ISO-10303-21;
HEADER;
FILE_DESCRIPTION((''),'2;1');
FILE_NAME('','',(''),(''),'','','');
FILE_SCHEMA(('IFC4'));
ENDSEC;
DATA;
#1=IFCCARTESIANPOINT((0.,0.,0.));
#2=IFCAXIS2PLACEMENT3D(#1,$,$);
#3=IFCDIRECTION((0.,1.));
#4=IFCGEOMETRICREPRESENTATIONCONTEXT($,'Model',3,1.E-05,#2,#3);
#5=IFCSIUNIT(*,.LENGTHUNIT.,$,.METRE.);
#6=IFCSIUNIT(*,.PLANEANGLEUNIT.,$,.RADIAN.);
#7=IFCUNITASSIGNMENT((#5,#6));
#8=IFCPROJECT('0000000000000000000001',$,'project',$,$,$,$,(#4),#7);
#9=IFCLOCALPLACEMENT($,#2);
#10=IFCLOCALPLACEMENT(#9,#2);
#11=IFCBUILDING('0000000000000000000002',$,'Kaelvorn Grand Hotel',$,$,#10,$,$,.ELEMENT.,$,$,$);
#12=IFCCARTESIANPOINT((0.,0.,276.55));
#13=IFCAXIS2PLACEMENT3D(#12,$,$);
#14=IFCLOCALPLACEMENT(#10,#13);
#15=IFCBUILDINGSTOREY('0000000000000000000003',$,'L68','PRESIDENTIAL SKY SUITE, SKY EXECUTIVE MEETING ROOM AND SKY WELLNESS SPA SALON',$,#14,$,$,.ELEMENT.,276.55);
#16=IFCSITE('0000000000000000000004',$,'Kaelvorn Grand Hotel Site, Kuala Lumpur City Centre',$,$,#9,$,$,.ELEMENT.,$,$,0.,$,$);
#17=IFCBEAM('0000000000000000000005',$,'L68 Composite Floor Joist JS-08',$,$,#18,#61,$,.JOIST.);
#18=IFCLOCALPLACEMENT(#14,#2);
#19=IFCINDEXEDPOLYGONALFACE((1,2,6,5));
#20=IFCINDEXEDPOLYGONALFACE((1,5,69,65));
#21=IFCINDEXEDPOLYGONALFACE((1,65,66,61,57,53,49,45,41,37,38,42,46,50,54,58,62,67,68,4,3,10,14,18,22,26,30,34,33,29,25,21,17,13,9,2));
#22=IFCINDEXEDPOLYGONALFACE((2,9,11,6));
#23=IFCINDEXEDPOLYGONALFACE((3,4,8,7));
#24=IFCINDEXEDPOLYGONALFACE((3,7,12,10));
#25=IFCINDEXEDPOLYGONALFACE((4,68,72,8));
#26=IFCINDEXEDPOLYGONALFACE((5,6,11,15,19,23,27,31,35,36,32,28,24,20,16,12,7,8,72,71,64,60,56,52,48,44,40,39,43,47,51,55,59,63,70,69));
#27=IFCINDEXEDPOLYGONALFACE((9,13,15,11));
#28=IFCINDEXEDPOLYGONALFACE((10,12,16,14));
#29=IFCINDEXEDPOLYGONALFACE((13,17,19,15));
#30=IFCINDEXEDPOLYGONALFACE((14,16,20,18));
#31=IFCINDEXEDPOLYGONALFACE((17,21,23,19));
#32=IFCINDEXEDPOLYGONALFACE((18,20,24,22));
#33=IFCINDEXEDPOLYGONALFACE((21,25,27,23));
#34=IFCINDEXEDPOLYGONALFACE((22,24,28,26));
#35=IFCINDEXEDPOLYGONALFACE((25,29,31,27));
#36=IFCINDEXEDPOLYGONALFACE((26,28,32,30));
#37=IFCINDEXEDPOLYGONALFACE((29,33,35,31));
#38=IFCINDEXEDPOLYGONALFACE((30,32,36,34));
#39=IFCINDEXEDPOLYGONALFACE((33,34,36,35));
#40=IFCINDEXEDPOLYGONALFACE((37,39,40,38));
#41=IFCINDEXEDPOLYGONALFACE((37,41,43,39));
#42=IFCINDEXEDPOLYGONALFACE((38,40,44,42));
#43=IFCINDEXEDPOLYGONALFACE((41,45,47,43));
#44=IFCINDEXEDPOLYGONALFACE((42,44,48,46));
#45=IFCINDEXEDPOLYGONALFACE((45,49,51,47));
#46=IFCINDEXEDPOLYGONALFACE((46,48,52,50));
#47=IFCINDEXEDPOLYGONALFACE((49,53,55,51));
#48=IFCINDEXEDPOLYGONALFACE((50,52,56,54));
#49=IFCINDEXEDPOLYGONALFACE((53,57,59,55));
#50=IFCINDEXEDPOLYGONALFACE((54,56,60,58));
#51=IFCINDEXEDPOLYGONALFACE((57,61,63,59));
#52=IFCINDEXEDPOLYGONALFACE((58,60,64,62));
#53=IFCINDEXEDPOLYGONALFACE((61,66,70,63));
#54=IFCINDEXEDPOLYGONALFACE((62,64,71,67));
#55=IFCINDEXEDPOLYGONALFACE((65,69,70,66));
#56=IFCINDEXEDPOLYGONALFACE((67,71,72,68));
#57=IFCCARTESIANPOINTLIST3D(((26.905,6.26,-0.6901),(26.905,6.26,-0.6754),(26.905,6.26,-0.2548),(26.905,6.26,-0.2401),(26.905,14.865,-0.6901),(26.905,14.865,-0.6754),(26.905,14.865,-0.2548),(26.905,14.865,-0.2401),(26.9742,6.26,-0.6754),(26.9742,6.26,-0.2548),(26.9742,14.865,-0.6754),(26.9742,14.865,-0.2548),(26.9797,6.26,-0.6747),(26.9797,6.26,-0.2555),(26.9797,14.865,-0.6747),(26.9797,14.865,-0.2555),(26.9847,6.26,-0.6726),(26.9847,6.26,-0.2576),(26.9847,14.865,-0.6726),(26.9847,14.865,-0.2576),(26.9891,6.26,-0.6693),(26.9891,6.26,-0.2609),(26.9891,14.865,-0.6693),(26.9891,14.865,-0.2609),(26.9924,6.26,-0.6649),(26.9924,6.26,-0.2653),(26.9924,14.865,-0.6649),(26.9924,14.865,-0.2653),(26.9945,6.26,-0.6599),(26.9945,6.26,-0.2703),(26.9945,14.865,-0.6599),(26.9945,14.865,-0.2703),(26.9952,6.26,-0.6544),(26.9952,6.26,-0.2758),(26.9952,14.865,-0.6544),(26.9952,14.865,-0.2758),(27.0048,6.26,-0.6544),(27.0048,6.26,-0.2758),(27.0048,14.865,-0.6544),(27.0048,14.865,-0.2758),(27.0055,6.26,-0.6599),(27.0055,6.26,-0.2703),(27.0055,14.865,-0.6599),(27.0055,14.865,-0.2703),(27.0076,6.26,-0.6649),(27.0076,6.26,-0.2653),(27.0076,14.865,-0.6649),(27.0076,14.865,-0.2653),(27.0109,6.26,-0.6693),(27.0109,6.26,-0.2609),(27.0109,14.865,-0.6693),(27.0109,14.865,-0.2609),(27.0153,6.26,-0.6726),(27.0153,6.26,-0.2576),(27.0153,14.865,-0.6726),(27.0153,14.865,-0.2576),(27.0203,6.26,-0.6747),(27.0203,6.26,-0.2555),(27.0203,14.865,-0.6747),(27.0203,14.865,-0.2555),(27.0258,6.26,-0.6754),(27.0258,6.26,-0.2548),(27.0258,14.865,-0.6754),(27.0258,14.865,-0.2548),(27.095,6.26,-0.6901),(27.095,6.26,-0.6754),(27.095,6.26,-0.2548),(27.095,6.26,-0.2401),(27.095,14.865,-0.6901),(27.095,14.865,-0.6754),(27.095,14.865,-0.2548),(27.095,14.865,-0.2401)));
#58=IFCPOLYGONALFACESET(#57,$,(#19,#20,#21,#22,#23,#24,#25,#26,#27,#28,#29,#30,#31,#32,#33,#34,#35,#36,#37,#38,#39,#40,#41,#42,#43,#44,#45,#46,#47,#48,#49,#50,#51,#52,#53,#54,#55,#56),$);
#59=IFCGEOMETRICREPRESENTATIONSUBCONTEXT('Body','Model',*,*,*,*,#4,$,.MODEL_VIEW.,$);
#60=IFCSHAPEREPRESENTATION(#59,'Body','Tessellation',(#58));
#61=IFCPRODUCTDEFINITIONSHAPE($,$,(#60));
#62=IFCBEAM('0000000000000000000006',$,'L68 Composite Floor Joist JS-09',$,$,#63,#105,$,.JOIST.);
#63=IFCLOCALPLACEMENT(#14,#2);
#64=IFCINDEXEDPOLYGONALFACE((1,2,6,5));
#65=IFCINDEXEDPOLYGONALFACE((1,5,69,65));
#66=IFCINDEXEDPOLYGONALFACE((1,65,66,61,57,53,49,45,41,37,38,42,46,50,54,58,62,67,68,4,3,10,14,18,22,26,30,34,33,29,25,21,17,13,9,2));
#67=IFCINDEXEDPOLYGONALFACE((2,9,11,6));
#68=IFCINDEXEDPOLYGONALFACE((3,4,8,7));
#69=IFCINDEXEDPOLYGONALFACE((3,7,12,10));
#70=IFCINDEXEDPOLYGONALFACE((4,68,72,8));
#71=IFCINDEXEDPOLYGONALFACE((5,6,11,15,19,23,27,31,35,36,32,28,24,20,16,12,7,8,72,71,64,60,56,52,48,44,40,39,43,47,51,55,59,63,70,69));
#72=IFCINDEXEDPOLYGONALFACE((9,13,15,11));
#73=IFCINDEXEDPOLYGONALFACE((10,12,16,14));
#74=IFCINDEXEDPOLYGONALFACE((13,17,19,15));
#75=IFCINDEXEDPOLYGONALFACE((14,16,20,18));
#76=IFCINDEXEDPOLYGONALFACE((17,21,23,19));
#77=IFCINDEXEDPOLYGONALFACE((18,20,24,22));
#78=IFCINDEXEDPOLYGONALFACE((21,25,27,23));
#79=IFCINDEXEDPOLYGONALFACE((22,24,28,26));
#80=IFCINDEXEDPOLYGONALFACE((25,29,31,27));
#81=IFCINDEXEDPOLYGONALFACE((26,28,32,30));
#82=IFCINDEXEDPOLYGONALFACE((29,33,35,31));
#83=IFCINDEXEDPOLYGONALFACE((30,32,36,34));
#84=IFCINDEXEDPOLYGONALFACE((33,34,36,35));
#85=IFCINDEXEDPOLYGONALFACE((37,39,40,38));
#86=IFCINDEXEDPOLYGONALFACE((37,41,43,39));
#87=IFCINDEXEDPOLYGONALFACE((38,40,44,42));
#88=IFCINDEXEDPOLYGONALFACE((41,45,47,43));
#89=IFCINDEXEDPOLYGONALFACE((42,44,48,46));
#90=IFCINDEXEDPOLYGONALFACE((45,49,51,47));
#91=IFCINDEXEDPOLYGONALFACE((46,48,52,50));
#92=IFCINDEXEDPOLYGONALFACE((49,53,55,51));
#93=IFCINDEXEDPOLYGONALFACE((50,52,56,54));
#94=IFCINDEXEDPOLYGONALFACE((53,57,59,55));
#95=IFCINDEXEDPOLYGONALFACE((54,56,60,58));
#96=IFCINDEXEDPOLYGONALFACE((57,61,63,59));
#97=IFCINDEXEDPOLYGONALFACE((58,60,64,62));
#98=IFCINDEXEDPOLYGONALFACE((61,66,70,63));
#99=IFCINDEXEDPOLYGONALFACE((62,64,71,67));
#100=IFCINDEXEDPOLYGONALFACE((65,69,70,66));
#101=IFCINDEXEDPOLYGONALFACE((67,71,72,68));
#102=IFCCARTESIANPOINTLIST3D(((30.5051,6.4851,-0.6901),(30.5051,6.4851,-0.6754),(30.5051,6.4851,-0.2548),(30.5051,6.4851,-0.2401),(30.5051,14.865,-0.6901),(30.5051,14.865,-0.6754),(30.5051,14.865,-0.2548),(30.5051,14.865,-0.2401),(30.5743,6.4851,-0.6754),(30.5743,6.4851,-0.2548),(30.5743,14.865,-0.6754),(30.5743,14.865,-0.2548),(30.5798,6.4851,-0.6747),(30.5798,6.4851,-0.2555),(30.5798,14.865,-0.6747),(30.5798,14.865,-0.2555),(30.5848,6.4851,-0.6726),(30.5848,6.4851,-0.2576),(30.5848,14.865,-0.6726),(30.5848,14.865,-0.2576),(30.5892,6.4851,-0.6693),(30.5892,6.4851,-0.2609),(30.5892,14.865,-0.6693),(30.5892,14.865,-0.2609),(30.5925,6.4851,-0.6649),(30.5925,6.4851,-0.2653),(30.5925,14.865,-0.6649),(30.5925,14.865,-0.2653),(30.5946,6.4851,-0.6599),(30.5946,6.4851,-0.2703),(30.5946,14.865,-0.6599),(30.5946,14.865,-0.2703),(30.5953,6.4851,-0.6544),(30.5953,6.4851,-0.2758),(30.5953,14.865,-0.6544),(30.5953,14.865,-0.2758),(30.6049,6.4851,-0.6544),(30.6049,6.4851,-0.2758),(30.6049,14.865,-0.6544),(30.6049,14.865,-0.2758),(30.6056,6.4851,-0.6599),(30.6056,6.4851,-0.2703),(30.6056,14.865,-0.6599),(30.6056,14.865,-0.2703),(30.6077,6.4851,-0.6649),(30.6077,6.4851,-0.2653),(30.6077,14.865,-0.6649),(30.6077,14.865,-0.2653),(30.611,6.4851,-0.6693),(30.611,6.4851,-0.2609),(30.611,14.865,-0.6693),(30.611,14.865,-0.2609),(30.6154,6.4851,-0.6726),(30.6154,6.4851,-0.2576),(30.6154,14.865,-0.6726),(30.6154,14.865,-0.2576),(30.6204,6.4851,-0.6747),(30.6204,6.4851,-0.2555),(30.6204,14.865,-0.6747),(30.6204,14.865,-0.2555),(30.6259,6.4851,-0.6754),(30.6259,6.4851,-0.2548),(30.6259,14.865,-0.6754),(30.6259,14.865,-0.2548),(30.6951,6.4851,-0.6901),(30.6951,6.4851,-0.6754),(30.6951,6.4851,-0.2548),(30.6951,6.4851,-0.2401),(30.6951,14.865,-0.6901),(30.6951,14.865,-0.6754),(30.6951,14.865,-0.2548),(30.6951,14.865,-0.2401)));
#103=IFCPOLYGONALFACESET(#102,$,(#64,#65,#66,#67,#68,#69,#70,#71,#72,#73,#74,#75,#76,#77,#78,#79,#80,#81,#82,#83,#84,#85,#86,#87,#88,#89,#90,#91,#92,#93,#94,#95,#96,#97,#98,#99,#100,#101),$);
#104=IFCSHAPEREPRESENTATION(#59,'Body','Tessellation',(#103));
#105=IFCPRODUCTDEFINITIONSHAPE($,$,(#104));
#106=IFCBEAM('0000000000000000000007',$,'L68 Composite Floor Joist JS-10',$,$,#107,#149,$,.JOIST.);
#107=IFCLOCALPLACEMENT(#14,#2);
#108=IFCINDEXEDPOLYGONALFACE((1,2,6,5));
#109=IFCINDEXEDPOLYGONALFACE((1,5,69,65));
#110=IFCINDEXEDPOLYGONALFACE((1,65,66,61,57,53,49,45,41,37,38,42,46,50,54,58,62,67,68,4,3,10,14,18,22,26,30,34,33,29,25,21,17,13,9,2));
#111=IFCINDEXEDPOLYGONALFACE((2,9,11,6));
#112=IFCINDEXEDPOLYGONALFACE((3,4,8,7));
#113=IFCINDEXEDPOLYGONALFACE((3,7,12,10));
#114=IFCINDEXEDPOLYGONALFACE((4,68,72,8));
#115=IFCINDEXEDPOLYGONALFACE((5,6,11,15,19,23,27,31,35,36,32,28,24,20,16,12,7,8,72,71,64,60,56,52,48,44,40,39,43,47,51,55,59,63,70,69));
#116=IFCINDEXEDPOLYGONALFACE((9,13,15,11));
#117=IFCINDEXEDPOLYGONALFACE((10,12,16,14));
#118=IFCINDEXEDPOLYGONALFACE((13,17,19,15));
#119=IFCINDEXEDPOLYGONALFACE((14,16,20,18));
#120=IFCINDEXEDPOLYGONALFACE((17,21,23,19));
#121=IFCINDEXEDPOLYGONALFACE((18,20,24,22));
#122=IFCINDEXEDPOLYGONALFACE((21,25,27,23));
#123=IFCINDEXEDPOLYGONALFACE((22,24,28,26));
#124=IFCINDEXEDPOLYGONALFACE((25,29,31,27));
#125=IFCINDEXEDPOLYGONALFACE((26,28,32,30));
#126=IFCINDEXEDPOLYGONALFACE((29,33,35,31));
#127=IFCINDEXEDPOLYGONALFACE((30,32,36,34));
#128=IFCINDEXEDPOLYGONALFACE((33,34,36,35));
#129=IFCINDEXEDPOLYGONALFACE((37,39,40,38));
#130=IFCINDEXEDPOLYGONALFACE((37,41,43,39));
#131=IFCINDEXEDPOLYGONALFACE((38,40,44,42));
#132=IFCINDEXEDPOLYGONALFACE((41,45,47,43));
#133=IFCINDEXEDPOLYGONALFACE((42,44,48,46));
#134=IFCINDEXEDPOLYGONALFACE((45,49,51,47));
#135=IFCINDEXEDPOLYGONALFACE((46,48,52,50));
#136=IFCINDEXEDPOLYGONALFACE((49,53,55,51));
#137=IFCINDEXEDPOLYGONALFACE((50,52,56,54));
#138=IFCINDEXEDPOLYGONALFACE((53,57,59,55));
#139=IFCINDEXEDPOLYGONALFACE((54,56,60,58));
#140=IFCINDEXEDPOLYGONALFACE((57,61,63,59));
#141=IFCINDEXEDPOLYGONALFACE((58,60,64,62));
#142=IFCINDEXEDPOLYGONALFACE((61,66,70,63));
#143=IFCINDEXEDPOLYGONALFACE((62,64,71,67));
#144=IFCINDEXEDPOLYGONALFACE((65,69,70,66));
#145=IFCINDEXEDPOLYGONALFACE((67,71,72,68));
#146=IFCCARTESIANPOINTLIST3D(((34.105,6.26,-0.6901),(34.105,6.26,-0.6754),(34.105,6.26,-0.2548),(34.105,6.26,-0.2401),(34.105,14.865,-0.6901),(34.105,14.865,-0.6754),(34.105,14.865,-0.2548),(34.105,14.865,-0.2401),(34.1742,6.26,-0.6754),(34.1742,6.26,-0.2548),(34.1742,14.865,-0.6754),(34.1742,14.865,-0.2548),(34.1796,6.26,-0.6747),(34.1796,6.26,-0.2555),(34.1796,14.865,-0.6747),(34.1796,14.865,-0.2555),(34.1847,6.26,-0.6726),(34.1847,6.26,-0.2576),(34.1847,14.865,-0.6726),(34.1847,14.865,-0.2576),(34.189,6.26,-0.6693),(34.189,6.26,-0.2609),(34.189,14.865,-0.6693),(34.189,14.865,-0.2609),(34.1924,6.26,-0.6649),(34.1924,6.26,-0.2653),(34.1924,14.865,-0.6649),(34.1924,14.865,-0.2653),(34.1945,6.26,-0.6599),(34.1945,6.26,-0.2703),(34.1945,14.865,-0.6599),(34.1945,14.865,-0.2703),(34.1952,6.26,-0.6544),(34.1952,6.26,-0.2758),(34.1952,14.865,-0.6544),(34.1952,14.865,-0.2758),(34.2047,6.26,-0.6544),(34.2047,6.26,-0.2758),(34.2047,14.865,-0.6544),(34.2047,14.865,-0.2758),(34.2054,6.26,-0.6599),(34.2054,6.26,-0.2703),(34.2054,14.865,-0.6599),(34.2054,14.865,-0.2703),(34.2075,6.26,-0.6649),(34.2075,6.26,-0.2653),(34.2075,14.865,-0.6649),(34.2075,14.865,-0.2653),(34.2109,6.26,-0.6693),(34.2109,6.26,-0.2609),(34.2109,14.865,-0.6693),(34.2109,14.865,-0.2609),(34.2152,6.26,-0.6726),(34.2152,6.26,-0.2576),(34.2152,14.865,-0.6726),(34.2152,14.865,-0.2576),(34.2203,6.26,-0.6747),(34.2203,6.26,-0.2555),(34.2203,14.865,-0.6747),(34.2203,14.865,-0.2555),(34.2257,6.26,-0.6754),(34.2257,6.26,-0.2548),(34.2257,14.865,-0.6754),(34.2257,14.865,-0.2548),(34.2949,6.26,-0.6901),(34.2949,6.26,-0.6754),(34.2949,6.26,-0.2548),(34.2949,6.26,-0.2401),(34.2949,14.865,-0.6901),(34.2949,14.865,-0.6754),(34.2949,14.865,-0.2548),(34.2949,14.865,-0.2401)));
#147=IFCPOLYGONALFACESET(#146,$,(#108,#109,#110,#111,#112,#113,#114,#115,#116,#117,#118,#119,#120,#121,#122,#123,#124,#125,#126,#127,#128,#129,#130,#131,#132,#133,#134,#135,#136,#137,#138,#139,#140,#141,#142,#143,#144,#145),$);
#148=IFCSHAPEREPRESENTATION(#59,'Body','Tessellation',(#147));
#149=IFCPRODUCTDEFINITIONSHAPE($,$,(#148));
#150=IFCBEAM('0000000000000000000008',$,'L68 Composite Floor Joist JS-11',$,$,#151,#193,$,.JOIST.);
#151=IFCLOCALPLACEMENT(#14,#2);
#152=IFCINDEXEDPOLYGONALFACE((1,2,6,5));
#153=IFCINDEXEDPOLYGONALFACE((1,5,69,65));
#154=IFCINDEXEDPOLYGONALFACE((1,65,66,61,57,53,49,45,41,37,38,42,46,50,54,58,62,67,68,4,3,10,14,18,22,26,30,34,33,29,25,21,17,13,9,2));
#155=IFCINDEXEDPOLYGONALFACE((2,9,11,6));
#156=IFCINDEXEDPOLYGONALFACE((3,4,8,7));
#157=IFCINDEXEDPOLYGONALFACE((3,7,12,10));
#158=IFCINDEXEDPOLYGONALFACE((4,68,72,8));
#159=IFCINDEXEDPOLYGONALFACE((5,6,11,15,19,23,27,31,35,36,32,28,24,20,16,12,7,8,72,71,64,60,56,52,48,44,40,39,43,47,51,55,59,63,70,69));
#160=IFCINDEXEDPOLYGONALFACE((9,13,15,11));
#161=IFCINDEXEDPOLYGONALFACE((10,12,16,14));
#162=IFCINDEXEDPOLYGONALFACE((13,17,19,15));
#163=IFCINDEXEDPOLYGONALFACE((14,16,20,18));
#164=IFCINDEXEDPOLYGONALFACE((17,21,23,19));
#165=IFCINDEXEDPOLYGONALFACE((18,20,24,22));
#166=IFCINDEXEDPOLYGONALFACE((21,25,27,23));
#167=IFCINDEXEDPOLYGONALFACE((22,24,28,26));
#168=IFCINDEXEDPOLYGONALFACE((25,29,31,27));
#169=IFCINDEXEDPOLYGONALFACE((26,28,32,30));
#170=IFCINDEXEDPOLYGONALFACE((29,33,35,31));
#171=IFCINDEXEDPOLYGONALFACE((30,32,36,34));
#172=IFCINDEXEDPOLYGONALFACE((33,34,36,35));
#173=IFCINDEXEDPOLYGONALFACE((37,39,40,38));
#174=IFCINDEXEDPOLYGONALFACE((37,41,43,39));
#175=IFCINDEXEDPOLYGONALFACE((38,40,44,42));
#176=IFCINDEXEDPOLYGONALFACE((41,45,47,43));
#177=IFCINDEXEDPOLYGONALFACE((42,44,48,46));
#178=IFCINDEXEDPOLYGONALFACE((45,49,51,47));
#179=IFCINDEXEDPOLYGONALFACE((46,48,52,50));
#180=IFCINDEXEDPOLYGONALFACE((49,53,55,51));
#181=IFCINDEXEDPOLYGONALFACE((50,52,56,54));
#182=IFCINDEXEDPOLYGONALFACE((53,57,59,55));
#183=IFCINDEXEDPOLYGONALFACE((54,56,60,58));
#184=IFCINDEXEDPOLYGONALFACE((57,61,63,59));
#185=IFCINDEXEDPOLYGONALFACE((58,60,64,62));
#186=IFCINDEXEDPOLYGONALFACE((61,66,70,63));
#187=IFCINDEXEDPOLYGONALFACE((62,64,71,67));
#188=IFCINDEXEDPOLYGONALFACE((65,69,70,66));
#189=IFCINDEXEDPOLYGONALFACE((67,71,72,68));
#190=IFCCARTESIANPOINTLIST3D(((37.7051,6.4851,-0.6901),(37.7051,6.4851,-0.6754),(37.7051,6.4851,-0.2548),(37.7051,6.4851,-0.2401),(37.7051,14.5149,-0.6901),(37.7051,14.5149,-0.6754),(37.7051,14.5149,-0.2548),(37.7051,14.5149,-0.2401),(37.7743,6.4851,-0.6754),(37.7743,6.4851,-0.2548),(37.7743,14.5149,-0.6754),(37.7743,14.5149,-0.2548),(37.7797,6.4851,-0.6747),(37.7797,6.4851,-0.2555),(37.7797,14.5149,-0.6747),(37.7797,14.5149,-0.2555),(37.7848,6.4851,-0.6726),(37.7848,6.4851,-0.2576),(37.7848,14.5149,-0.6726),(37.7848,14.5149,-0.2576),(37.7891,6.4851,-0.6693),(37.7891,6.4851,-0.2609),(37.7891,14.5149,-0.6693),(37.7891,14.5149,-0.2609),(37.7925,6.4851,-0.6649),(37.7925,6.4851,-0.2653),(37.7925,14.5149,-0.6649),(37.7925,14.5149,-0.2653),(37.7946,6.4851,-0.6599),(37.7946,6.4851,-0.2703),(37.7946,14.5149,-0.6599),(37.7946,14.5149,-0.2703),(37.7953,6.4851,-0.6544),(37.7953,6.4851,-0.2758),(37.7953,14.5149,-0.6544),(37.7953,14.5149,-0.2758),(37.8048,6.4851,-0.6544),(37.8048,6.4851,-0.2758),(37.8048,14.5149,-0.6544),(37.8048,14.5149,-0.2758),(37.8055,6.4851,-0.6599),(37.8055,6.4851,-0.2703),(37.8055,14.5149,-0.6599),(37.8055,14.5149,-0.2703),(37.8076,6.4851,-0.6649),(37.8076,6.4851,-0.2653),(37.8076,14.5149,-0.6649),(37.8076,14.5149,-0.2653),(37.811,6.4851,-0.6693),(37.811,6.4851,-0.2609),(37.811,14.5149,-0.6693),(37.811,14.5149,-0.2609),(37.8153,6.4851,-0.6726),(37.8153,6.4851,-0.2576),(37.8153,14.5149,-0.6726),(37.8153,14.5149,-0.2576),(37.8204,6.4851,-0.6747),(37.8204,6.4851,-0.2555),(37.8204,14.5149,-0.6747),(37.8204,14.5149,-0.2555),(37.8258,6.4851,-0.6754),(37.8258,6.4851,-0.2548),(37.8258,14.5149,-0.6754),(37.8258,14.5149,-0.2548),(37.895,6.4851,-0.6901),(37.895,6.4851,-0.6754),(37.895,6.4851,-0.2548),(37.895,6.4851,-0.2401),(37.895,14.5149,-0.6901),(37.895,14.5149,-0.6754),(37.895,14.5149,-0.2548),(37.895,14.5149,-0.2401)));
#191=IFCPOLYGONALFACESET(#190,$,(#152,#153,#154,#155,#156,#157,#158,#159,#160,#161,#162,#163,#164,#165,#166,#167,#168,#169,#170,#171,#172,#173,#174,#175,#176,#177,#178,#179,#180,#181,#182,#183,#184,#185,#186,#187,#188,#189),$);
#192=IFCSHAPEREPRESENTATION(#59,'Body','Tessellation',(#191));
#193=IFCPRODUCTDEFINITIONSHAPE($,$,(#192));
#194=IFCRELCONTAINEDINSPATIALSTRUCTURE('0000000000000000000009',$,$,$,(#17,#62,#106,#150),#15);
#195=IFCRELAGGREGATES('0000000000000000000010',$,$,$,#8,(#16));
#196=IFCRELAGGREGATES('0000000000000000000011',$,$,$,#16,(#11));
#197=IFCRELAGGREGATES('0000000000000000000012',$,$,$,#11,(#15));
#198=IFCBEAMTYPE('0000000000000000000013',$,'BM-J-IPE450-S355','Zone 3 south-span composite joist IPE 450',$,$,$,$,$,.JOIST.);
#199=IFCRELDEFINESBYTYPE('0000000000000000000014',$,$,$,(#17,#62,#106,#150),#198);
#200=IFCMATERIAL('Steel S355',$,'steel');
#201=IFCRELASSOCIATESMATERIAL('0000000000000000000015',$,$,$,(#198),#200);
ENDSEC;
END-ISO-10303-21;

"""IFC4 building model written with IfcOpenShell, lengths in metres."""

from ifc_helpers import new_model, si_unit, direction, frame, origin, origin_2d, place, context, subcontext, project, spatial, i_section, extrude, material, material_profile, profile_set, type_object, element, save


model = new_model("IFC4")

# Units and contexts
model_context = context("Model", 3, precision=1e-05, world=origin(), true_north=direction((0.0, 1.0)))
body_context = subcontext(model_context, "Body", "Model", "MODEL_VIEW")
ifc_project = project(units=[si_unit("LENGTHUNIT", "METRE"), si_unit("PLANEANGLEUNIT", "RADIAN")], contexts=[model_context])

# Site, building, storey
site_placement = place(None, origin())
site = spatial("IfcSite", under=ifc_project, at=site_placement, Name="Kaelvorn Grand Hotel Site, Kuala Lumpur City Centre", CompositionType="ELEMENT", RefElevation=0.0)
building_placement = place(site_placement, origin())
building = spatial("IfcBuilding", under=site, at=building_placement, Name="Kaelvorn Grand Hotel", CompositionType="ELEMENT")
storey_placement = place(building_placement, frame((0.0, 0.0, 276.55)))
storey = spatial("IfcBuildingStorey", under=building, at=storey_placement, Name="L68", Description="PRESIDENTIAL SKY SUITE, SKY EXECUTIVE MEETING ROOM AND SKY WELLNESS SPA SALON", CompositionType="ELEMENT", Elevation=276.55)

# Beams
ifc_material_1 = material(Name="Steel S355", Category="steel")
ifc_material_profile_1 = material_profile(ifc_material_1, i_section(OverallWidth=0.1899, OverallDepth=0.45, WebThickness=0.0095, FlangeThickness=0.0146, FilletRadius=0.021, at=origin_2d()), Name="IPE 450")
ifc_profile_set_1 = profile_set([ifc_material_profile_1], Name="Steel S355")
beam_type_1 = type_object("IfcBeamType", Name="BM-J-IPE450-S355", Description="Zone 3 south-span composite joist IPE 450", PredefinedType="JOIST", material=ifc_profile_set_1)
beam_1_placement = place(storey_placement, frame((27.0, 6.26, -0.4651), z_axis=(0.0, 1.0, 0.0), x_axis=(-1.0, 0.0, 0.0)))
element("IfcBeam", 1, at=beam_1_placement, inside=storey, type_object=beam_type_1, Name="L68 Composite Floor Joist JS-08", PredefinedType="JOIST", context=body_context, shape_type="SweptSolid", body=[
    extrude(i_section(OverallWidth=0.1899, OverallDepth=0.45, WebThickness=0.0095, FlangeThickness=0.0146, FilletRadius=0.021, at=origin_2d()), origin(), (0.0, 0.0, 1.0), 8.605),
])
beam_2_placement = place(storey_placement, frame((30.6001, 6.4851, -0.4651), z_axis=(0.0, 1.0, 0.0), x_axis=(-1.0, 0.0, 0.0)))
element("IfcBeam", 2, at=beam_2_placement, inside=storey, type_object=beam_type_1, Name="L68 Composite Floor Joist JS-09", PredefinedType="JOIST", context=body_context, shape_type="SweptSolid", body=[
    extrude(i_section(OverallWidth=0.1899, OverallDepth=0.45, WebThickness=0.0095, FlangeThickness=0.0146, FilletRadius=0.021, at=origin_2d()), origin(), (0.0, 0.0, 1.0), 8.3799),
])
beam_3_placement = place(storey_placement, frame((34.2, 6.26, -0.4651), z_axis=(0.0, 1.0, 0.0), x_axis=(-1.0, 0.0, 0.0)))
element("IfcBeam", 3, at=beam_3_placement, inside=storey, type_object=beam_type_1, Name="L68 Composite Floor Joist JS-10", PredefinedType="JOIST", context=body_context, shape_type="SweptSolid", body=[
    extrude(i_section(OverallWidth=0.1899, OverallDepth=0.45, WebThickness=0.0095, FlangeThickness=0.0146, FilletRadius=0.021, at=origin_2d()), origin(), (0.0, 0.0, 1.0), 8.605),
])
beam_4_placement = place(storey_placement, frame((37.8, 6.4851, -0.4651), z_axis=(0.0, 1.0, 0.0), x_axis=(-1.0, 0.0, 0.0)))
element("IfcBeam", 4, at=beam_4_placement, inside=storey, type_object=beam_type_1, Name="L68 Composite Floor Joist JS-11", PredefinedType="JOIST", context=body_context, shape_type="SweptSolid", body=[
    extrude(i_section(OverallWidth=0.1899, OverallDepth=0.45, WebThickness=0.0095, FlangeThickness=0.0146, FilletRadius=0.021, at=origin_2d()), origin(), (0.0, 0.0, 1.0), 8.0298),
])

save(model, "model.ifc")
